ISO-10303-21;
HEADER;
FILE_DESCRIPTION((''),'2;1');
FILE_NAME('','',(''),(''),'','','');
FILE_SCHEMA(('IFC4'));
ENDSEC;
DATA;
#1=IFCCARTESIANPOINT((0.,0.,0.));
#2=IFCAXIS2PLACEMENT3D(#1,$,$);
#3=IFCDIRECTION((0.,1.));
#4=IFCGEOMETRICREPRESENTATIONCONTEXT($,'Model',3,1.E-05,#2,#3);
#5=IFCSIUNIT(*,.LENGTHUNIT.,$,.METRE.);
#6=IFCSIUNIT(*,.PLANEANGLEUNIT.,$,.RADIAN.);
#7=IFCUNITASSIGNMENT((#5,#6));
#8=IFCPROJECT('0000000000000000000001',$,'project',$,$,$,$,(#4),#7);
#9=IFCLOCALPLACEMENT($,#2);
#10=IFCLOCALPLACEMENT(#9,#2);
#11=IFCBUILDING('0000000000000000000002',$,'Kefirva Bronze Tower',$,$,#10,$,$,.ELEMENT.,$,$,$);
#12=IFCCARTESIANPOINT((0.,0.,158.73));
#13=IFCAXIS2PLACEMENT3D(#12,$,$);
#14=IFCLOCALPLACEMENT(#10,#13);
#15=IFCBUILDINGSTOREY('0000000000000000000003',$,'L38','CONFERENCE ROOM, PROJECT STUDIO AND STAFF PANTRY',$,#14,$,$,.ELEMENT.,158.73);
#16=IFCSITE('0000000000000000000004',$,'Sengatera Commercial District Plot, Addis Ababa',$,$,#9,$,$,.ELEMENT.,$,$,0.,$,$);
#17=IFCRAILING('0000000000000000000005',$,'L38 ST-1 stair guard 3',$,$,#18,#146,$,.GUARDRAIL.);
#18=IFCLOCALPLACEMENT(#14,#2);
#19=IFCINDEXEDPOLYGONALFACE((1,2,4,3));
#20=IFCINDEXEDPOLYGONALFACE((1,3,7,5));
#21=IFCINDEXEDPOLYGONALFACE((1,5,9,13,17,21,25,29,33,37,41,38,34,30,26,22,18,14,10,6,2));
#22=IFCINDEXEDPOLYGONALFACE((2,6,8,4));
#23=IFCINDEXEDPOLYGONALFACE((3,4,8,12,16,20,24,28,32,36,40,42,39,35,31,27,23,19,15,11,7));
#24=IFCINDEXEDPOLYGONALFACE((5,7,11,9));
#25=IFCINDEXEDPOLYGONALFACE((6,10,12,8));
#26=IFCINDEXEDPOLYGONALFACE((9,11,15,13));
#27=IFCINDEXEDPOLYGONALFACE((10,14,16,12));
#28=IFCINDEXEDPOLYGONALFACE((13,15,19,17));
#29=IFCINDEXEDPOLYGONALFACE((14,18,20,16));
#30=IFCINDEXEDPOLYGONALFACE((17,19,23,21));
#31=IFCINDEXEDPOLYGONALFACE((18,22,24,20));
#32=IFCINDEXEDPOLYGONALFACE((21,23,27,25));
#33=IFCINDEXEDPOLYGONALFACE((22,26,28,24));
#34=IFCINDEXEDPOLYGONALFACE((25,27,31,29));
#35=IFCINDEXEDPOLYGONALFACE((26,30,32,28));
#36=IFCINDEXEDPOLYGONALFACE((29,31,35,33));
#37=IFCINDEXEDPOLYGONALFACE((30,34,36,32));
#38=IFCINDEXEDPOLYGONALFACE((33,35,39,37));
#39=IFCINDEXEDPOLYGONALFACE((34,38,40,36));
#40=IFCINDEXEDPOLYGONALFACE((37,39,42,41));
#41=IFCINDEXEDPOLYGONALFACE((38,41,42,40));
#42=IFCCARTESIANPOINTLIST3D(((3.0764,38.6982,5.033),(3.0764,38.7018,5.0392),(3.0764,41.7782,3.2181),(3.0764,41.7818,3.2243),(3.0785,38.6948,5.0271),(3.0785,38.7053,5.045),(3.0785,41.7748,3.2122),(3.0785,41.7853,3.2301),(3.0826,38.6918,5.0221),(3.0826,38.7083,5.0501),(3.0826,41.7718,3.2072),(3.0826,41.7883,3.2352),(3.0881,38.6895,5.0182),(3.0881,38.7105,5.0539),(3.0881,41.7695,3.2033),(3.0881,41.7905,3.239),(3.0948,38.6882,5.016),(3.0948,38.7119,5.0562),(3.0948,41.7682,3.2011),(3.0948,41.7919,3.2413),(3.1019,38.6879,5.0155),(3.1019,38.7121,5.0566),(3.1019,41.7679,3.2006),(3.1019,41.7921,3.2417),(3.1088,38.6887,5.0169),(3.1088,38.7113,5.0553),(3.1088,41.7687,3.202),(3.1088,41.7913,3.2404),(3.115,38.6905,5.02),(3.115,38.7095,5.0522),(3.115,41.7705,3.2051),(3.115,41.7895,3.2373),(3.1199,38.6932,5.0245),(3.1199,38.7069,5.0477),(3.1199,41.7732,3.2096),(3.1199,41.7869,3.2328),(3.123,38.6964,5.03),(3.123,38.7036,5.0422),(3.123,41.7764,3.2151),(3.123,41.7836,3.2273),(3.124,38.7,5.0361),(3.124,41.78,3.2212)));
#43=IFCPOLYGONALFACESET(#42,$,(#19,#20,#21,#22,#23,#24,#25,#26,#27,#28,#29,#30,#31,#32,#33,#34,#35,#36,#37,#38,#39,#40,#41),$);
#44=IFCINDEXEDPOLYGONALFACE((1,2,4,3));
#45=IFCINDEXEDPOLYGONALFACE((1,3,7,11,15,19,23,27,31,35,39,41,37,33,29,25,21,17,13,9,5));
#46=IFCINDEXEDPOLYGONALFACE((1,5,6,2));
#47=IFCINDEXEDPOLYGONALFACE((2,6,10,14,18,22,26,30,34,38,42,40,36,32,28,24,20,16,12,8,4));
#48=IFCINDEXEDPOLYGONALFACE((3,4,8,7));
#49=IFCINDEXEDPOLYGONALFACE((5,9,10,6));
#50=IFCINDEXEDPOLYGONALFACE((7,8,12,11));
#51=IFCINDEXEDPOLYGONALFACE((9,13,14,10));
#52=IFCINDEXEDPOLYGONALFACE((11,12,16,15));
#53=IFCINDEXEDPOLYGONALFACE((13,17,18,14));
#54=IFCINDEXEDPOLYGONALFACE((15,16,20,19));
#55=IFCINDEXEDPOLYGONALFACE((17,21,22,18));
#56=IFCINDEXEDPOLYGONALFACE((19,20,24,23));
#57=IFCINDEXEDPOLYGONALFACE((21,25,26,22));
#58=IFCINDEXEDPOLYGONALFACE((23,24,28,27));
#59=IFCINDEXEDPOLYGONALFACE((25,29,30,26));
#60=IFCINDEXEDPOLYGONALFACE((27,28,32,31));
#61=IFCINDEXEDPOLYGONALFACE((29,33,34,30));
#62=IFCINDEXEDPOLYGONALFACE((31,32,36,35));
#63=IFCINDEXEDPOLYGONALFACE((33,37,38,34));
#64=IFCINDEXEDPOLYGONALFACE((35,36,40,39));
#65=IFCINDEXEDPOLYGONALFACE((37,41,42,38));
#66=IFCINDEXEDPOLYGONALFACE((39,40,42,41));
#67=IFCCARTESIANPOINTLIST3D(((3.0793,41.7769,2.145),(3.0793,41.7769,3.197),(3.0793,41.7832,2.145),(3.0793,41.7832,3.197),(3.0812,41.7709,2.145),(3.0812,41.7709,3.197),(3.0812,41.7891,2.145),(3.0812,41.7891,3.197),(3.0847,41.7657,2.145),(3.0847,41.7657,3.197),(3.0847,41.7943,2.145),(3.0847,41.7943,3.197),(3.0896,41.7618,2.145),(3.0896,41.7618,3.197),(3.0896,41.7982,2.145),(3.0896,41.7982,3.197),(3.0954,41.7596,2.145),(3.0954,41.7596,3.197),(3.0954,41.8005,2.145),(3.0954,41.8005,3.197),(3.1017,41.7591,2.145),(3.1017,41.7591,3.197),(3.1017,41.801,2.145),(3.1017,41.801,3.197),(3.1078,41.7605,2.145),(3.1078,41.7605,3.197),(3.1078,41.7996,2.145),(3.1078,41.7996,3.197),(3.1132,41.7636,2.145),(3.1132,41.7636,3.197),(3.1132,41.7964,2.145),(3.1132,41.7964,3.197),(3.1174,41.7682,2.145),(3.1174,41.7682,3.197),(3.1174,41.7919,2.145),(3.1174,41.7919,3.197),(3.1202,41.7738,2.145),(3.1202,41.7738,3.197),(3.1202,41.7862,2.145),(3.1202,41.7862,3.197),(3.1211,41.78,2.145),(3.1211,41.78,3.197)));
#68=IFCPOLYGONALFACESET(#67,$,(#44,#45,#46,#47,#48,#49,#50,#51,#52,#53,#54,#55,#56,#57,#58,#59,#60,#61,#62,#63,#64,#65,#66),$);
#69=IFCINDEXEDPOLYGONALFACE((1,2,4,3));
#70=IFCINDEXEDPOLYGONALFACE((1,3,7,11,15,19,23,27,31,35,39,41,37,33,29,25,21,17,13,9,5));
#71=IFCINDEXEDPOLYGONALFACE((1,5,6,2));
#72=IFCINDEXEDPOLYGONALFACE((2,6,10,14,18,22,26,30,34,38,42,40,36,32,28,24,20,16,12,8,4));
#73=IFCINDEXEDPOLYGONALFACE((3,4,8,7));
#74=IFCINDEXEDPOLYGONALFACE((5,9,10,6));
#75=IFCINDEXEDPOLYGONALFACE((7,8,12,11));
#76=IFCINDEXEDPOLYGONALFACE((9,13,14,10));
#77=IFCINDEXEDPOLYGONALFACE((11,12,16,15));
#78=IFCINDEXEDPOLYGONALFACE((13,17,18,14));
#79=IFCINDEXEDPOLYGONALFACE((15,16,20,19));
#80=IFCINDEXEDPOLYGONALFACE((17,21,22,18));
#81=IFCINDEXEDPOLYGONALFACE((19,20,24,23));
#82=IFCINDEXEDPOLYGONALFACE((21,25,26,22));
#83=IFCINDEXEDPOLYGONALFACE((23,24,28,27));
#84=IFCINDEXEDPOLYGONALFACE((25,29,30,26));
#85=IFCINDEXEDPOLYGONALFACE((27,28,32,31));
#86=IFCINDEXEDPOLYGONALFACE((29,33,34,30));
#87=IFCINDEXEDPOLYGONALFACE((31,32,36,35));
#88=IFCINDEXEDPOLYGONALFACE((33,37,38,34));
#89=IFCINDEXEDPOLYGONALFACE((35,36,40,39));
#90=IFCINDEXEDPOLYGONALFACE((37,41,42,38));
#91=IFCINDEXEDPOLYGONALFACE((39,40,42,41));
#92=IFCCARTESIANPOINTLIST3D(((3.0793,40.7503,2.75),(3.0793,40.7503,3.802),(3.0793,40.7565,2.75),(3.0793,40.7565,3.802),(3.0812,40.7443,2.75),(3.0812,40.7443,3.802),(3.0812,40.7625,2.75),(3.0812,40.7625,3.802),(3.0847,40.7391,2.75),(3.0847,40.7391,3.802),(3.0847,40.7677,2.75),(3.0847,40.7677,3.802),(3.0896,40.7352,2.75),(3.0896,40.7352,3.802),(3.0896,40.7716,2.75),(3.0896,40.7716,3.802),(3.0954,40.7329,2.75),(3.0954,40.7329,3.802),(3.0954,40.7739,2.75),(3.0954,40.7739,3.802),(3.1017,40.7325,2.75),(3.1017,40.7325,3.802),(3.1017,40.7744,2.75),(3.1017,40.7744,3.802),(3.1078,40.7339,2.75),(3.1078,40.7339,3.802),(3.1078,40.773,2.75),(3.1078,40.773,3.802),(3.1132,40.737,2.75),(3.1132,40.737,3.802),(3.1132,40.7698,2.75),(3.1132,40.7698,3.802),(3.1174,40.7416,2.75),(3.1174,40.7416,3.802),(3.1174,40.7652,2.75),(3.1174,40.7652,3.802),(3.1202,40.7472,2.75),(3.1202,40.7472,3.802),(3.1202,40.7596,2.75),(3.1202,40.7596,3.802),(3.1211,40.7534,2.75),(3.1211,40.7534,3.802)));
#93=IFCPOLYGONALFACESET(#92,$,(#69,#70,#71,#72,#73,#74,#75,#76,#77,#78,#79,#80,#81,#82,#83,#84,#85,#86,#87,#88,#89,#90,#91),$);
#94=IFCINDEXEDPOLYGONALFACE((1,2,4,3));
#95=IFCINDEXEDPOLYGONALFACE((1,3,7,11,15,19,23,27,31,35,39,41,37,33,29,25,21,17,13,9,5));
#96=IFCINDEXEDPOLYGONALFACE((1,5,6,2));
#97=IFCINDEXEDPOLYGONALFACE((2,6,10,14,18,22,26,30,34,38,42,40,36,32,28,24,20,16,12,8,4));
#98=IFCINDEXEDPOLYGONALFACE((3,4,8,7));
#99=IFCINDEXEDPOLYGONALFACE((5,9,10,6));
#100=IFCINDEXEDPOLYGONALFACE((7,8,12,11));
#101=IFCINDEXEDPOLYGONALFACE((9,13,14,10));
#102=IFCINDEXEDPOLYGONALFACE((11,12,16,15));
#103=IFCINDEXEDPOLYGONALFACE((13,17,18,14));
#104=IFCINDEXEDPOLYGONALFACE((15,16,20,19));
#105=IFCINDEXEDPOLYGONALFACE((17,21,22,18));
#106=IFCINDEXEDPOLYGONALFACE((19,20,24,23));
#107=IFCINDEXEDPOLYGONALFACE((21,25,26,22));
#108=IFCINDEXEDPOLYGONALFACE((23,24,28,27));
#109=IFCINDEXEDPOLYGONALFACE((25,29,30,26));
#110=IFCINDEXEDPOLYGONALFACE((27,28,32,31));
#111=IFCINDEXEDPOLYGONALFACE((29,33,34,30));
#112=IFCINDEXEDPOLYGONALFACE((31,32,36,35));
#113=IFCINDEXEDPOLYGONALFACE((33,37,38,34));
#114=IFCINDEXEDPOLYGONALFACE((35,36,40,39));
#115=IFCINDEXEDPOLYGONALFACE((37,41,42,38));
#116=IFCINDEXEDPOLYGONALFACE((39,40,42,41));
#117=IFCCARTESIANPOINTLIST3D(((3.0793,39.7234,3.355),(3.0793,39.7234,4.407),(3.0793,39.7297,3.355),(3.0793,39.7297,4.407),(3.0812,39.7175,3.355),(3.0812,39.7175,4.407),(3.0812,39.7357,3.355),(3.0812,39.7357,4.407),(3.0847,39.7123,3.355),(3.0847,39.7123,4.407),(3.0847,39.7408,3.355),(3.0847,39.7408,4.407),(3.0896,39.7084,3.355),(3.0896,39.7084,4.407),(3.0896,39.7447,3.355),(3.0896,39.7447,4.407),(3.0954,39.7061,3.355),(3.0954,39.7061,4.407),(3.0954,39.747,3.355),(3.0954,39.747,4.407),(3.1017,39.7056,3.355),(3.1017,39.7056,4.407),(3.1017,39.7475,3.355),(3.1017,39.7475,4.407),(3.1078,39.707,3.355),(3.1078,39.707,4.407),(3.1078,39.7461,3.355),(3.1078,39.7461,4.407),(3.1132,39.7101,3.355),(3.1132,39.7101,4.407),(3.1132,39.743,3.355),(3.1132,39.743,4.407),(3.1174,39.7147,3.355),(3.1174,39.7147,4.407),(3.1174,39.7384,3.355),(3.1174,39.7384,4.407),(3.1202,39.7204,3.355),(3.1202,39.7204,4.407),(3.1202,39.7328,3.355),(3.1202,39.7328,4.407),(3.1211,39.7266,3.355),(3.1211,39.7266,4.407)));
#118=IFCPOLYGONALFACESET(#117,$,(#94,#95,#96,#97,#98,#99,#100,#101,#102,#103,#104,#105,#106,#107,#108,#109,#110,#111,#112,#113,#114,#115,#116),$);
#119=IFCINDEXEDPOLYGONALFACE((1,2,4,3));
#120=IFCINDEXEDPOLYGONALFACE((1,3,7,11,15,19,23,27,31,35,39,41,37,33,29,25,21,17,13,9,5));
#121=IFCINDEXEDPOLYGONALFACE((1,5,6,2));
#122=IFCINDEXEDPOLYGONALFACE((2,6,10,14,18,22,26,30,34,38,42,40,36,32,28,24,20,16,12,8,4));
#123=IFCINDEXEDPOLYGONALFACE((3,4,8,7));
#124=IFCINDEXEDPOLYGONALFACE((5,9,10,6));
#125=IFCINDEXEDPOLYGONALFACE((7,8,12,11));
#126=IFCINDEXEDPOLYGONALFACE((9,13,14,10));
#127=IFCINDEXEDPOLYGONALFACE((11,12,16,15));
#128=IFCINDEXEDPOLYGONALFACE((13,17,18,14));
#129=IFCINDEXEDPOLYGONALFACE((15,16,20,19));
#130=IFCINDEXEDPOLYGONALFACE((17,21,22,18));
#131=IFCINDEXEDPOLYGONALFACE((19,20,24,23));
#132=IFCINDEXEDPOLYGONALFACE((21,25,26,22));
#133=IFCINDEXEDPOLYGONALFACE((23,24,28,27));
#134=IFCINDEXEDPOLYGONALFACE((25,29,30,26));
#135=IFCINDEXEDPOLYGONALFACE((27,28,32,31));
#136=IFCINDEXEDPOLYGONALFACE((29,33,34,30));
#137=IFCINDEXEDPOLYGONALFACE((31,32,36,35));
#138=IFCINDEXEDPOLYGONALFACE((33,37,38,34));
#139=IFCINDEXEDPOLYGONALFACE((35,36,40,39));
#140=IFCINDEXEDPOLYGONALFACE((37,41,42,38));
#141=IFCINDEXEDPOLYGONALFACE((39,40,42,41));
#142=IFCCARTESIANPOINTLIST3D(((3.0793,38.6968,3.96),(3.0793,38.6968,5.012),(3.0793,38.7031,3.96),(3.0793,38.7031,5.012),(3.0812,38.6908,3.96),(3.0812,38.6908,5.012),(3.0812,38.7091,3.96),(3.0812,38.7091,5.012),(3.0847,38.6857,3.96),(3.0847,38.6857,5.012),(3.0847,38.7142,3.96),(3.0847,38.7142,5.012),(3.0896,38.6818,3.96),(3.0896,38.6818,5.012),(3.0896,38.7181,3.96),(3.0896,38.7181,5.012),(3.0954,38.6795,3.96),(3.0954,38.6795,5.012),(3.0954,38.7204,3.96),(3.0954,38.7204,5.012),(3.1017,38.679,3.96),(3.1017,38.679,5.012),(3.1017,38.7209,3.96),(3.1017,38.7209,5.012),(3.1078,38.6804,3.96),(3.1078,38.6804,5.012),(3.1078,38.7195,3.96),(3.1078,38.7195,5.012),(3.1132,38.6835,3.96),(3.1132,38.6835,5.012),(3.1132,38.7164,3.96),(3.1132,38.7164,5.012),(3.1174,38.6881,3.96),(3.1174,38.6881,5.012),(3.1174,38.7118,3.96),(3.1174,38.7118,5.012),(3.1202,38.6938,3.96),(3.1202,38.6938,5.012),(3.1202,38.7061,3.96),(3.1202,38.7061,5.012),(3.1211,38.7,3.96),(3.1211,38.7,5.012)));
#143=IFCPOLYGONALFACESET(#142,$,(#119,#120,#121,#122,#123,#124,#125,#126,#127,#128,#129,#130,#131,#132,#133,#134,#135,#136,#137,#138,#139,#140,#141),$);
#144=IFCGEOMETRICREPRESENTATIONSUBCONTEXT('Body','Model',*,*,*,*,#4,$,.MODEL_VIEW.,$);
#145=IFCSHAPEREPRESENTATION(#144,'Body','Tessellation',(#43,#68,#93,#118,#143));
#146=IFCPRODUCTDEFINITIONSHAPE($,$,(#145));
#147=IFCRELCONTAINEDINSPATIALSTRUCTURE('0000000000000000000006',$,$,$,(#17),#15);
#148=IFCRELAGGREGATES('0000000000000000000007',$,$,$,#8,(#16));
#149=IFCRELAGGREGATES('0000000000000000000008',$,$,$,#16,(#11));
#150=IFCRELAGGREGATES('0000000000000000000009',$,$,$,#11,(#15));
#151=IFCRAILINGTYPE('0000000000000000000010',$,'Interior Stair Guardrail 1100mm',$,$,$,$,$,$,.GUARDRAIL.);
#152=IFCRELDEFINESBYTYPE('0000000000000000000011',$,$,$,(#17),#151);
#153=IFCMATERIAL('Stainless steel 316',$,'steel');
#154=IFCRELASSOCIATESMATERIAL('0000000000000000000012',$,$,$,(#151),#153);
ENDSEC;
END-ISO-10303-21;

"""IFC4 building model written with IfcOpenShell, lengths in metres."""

from ifc_helpers import new_model, si_unit, direction, frame, origin, origin_2d, place, context, subcontext, project, spatial, circle, extrude, material, type_object, element, save


model = new_model("IFC4")

# Units and contexts
model_context = context("Model", 3, precision=1e-05, world=origin(), true_north=direction((0.0, 1.0)))
body_context = subcontext(model_context, "Body", "Model", "MODEL_VIEW")
ifc_project = project(units=[si_unit("LENGTHUNIT", "METRE"), si_unit("PLANEANGLEUNIT", "RADIAN")], contexts=[model_context])

# Site, building, storey
site_placement = place(None, origin())
site = spatial("IfcSite", under=ifc_project, at=site_placement, Name="Sengatera Commercial District Plot, Addis Ababa", CompositionType="ELEMENT", RefElevation=0.0)
building_placement = place(site_placement, origin())
building = spatial("IfcBuilding", under=site, at=building_placement, Name="Kefirva Bronze Tower", CompositionType="ELEMENT")
storey_placement = place(building_placement, frame((0.0, 0.0, 158.73)))
storey = spatial("IfcBuildingStorey", under=building, at=storey_placement, Name="L38", Description="CONFERENCE ROOM, PROJECT STUDIO AND STAFF PANTRY", CompositionType="ELEMENT", Elevation=158.73)

# Railing
ifc_material_1 = material(Name="Stainless steel 316", Category="steel")
railing_type_1 = type_object("IfcRailingType", Name="Interior Stair Guardrail 1100mm", PredefinedType="GUARDRAIL", material=ifc_material_1)
railing_1_placement = place(storey_placement, frame((3.1001, 41.78, 2.145)))
element("IfcRailing", 1, at=railing_1_placement, inside=storey, type_object=railing_type_1, Name="L38 ST-1 stair guard 3", PredefinedType="GUARDRAIL", context=body_context, shape_type="SweptSolid", body=[
    extrude(circle(Radius=0.0239, at=origin_2d()), frame((0.0, 0.0, 1.0762), z_axis=(0.0, -0.861551, 0.507671), x_axis=(1.0, 0.0, 0.0)), (0.0, 0.0, 1.0), 3.575),
    extrude(circle(Radius=0.021, at=origin_2d()), origin(), (0.0, 0.0, 1.0), 1.052),
    extrude(circle(Radius=0.021, at=origin_2d()), frame((0.0, -1.0266, 0.605)), (0.0, 0.0, 1.0), 1.052),
    extrude(circle(Radius=0.021, at=origin_2d()), frame((0.0, -2.0535, 1.21)), (0.0, 0.0, 1.0), 1.052),
    extrude(circle(Radius=0.021, at=origin_2d()), frame((0.0, -3.0801, 1.8149)), (0.0, 0.0, 1.0), 1.052),
])

save(model, "model.ifc")
